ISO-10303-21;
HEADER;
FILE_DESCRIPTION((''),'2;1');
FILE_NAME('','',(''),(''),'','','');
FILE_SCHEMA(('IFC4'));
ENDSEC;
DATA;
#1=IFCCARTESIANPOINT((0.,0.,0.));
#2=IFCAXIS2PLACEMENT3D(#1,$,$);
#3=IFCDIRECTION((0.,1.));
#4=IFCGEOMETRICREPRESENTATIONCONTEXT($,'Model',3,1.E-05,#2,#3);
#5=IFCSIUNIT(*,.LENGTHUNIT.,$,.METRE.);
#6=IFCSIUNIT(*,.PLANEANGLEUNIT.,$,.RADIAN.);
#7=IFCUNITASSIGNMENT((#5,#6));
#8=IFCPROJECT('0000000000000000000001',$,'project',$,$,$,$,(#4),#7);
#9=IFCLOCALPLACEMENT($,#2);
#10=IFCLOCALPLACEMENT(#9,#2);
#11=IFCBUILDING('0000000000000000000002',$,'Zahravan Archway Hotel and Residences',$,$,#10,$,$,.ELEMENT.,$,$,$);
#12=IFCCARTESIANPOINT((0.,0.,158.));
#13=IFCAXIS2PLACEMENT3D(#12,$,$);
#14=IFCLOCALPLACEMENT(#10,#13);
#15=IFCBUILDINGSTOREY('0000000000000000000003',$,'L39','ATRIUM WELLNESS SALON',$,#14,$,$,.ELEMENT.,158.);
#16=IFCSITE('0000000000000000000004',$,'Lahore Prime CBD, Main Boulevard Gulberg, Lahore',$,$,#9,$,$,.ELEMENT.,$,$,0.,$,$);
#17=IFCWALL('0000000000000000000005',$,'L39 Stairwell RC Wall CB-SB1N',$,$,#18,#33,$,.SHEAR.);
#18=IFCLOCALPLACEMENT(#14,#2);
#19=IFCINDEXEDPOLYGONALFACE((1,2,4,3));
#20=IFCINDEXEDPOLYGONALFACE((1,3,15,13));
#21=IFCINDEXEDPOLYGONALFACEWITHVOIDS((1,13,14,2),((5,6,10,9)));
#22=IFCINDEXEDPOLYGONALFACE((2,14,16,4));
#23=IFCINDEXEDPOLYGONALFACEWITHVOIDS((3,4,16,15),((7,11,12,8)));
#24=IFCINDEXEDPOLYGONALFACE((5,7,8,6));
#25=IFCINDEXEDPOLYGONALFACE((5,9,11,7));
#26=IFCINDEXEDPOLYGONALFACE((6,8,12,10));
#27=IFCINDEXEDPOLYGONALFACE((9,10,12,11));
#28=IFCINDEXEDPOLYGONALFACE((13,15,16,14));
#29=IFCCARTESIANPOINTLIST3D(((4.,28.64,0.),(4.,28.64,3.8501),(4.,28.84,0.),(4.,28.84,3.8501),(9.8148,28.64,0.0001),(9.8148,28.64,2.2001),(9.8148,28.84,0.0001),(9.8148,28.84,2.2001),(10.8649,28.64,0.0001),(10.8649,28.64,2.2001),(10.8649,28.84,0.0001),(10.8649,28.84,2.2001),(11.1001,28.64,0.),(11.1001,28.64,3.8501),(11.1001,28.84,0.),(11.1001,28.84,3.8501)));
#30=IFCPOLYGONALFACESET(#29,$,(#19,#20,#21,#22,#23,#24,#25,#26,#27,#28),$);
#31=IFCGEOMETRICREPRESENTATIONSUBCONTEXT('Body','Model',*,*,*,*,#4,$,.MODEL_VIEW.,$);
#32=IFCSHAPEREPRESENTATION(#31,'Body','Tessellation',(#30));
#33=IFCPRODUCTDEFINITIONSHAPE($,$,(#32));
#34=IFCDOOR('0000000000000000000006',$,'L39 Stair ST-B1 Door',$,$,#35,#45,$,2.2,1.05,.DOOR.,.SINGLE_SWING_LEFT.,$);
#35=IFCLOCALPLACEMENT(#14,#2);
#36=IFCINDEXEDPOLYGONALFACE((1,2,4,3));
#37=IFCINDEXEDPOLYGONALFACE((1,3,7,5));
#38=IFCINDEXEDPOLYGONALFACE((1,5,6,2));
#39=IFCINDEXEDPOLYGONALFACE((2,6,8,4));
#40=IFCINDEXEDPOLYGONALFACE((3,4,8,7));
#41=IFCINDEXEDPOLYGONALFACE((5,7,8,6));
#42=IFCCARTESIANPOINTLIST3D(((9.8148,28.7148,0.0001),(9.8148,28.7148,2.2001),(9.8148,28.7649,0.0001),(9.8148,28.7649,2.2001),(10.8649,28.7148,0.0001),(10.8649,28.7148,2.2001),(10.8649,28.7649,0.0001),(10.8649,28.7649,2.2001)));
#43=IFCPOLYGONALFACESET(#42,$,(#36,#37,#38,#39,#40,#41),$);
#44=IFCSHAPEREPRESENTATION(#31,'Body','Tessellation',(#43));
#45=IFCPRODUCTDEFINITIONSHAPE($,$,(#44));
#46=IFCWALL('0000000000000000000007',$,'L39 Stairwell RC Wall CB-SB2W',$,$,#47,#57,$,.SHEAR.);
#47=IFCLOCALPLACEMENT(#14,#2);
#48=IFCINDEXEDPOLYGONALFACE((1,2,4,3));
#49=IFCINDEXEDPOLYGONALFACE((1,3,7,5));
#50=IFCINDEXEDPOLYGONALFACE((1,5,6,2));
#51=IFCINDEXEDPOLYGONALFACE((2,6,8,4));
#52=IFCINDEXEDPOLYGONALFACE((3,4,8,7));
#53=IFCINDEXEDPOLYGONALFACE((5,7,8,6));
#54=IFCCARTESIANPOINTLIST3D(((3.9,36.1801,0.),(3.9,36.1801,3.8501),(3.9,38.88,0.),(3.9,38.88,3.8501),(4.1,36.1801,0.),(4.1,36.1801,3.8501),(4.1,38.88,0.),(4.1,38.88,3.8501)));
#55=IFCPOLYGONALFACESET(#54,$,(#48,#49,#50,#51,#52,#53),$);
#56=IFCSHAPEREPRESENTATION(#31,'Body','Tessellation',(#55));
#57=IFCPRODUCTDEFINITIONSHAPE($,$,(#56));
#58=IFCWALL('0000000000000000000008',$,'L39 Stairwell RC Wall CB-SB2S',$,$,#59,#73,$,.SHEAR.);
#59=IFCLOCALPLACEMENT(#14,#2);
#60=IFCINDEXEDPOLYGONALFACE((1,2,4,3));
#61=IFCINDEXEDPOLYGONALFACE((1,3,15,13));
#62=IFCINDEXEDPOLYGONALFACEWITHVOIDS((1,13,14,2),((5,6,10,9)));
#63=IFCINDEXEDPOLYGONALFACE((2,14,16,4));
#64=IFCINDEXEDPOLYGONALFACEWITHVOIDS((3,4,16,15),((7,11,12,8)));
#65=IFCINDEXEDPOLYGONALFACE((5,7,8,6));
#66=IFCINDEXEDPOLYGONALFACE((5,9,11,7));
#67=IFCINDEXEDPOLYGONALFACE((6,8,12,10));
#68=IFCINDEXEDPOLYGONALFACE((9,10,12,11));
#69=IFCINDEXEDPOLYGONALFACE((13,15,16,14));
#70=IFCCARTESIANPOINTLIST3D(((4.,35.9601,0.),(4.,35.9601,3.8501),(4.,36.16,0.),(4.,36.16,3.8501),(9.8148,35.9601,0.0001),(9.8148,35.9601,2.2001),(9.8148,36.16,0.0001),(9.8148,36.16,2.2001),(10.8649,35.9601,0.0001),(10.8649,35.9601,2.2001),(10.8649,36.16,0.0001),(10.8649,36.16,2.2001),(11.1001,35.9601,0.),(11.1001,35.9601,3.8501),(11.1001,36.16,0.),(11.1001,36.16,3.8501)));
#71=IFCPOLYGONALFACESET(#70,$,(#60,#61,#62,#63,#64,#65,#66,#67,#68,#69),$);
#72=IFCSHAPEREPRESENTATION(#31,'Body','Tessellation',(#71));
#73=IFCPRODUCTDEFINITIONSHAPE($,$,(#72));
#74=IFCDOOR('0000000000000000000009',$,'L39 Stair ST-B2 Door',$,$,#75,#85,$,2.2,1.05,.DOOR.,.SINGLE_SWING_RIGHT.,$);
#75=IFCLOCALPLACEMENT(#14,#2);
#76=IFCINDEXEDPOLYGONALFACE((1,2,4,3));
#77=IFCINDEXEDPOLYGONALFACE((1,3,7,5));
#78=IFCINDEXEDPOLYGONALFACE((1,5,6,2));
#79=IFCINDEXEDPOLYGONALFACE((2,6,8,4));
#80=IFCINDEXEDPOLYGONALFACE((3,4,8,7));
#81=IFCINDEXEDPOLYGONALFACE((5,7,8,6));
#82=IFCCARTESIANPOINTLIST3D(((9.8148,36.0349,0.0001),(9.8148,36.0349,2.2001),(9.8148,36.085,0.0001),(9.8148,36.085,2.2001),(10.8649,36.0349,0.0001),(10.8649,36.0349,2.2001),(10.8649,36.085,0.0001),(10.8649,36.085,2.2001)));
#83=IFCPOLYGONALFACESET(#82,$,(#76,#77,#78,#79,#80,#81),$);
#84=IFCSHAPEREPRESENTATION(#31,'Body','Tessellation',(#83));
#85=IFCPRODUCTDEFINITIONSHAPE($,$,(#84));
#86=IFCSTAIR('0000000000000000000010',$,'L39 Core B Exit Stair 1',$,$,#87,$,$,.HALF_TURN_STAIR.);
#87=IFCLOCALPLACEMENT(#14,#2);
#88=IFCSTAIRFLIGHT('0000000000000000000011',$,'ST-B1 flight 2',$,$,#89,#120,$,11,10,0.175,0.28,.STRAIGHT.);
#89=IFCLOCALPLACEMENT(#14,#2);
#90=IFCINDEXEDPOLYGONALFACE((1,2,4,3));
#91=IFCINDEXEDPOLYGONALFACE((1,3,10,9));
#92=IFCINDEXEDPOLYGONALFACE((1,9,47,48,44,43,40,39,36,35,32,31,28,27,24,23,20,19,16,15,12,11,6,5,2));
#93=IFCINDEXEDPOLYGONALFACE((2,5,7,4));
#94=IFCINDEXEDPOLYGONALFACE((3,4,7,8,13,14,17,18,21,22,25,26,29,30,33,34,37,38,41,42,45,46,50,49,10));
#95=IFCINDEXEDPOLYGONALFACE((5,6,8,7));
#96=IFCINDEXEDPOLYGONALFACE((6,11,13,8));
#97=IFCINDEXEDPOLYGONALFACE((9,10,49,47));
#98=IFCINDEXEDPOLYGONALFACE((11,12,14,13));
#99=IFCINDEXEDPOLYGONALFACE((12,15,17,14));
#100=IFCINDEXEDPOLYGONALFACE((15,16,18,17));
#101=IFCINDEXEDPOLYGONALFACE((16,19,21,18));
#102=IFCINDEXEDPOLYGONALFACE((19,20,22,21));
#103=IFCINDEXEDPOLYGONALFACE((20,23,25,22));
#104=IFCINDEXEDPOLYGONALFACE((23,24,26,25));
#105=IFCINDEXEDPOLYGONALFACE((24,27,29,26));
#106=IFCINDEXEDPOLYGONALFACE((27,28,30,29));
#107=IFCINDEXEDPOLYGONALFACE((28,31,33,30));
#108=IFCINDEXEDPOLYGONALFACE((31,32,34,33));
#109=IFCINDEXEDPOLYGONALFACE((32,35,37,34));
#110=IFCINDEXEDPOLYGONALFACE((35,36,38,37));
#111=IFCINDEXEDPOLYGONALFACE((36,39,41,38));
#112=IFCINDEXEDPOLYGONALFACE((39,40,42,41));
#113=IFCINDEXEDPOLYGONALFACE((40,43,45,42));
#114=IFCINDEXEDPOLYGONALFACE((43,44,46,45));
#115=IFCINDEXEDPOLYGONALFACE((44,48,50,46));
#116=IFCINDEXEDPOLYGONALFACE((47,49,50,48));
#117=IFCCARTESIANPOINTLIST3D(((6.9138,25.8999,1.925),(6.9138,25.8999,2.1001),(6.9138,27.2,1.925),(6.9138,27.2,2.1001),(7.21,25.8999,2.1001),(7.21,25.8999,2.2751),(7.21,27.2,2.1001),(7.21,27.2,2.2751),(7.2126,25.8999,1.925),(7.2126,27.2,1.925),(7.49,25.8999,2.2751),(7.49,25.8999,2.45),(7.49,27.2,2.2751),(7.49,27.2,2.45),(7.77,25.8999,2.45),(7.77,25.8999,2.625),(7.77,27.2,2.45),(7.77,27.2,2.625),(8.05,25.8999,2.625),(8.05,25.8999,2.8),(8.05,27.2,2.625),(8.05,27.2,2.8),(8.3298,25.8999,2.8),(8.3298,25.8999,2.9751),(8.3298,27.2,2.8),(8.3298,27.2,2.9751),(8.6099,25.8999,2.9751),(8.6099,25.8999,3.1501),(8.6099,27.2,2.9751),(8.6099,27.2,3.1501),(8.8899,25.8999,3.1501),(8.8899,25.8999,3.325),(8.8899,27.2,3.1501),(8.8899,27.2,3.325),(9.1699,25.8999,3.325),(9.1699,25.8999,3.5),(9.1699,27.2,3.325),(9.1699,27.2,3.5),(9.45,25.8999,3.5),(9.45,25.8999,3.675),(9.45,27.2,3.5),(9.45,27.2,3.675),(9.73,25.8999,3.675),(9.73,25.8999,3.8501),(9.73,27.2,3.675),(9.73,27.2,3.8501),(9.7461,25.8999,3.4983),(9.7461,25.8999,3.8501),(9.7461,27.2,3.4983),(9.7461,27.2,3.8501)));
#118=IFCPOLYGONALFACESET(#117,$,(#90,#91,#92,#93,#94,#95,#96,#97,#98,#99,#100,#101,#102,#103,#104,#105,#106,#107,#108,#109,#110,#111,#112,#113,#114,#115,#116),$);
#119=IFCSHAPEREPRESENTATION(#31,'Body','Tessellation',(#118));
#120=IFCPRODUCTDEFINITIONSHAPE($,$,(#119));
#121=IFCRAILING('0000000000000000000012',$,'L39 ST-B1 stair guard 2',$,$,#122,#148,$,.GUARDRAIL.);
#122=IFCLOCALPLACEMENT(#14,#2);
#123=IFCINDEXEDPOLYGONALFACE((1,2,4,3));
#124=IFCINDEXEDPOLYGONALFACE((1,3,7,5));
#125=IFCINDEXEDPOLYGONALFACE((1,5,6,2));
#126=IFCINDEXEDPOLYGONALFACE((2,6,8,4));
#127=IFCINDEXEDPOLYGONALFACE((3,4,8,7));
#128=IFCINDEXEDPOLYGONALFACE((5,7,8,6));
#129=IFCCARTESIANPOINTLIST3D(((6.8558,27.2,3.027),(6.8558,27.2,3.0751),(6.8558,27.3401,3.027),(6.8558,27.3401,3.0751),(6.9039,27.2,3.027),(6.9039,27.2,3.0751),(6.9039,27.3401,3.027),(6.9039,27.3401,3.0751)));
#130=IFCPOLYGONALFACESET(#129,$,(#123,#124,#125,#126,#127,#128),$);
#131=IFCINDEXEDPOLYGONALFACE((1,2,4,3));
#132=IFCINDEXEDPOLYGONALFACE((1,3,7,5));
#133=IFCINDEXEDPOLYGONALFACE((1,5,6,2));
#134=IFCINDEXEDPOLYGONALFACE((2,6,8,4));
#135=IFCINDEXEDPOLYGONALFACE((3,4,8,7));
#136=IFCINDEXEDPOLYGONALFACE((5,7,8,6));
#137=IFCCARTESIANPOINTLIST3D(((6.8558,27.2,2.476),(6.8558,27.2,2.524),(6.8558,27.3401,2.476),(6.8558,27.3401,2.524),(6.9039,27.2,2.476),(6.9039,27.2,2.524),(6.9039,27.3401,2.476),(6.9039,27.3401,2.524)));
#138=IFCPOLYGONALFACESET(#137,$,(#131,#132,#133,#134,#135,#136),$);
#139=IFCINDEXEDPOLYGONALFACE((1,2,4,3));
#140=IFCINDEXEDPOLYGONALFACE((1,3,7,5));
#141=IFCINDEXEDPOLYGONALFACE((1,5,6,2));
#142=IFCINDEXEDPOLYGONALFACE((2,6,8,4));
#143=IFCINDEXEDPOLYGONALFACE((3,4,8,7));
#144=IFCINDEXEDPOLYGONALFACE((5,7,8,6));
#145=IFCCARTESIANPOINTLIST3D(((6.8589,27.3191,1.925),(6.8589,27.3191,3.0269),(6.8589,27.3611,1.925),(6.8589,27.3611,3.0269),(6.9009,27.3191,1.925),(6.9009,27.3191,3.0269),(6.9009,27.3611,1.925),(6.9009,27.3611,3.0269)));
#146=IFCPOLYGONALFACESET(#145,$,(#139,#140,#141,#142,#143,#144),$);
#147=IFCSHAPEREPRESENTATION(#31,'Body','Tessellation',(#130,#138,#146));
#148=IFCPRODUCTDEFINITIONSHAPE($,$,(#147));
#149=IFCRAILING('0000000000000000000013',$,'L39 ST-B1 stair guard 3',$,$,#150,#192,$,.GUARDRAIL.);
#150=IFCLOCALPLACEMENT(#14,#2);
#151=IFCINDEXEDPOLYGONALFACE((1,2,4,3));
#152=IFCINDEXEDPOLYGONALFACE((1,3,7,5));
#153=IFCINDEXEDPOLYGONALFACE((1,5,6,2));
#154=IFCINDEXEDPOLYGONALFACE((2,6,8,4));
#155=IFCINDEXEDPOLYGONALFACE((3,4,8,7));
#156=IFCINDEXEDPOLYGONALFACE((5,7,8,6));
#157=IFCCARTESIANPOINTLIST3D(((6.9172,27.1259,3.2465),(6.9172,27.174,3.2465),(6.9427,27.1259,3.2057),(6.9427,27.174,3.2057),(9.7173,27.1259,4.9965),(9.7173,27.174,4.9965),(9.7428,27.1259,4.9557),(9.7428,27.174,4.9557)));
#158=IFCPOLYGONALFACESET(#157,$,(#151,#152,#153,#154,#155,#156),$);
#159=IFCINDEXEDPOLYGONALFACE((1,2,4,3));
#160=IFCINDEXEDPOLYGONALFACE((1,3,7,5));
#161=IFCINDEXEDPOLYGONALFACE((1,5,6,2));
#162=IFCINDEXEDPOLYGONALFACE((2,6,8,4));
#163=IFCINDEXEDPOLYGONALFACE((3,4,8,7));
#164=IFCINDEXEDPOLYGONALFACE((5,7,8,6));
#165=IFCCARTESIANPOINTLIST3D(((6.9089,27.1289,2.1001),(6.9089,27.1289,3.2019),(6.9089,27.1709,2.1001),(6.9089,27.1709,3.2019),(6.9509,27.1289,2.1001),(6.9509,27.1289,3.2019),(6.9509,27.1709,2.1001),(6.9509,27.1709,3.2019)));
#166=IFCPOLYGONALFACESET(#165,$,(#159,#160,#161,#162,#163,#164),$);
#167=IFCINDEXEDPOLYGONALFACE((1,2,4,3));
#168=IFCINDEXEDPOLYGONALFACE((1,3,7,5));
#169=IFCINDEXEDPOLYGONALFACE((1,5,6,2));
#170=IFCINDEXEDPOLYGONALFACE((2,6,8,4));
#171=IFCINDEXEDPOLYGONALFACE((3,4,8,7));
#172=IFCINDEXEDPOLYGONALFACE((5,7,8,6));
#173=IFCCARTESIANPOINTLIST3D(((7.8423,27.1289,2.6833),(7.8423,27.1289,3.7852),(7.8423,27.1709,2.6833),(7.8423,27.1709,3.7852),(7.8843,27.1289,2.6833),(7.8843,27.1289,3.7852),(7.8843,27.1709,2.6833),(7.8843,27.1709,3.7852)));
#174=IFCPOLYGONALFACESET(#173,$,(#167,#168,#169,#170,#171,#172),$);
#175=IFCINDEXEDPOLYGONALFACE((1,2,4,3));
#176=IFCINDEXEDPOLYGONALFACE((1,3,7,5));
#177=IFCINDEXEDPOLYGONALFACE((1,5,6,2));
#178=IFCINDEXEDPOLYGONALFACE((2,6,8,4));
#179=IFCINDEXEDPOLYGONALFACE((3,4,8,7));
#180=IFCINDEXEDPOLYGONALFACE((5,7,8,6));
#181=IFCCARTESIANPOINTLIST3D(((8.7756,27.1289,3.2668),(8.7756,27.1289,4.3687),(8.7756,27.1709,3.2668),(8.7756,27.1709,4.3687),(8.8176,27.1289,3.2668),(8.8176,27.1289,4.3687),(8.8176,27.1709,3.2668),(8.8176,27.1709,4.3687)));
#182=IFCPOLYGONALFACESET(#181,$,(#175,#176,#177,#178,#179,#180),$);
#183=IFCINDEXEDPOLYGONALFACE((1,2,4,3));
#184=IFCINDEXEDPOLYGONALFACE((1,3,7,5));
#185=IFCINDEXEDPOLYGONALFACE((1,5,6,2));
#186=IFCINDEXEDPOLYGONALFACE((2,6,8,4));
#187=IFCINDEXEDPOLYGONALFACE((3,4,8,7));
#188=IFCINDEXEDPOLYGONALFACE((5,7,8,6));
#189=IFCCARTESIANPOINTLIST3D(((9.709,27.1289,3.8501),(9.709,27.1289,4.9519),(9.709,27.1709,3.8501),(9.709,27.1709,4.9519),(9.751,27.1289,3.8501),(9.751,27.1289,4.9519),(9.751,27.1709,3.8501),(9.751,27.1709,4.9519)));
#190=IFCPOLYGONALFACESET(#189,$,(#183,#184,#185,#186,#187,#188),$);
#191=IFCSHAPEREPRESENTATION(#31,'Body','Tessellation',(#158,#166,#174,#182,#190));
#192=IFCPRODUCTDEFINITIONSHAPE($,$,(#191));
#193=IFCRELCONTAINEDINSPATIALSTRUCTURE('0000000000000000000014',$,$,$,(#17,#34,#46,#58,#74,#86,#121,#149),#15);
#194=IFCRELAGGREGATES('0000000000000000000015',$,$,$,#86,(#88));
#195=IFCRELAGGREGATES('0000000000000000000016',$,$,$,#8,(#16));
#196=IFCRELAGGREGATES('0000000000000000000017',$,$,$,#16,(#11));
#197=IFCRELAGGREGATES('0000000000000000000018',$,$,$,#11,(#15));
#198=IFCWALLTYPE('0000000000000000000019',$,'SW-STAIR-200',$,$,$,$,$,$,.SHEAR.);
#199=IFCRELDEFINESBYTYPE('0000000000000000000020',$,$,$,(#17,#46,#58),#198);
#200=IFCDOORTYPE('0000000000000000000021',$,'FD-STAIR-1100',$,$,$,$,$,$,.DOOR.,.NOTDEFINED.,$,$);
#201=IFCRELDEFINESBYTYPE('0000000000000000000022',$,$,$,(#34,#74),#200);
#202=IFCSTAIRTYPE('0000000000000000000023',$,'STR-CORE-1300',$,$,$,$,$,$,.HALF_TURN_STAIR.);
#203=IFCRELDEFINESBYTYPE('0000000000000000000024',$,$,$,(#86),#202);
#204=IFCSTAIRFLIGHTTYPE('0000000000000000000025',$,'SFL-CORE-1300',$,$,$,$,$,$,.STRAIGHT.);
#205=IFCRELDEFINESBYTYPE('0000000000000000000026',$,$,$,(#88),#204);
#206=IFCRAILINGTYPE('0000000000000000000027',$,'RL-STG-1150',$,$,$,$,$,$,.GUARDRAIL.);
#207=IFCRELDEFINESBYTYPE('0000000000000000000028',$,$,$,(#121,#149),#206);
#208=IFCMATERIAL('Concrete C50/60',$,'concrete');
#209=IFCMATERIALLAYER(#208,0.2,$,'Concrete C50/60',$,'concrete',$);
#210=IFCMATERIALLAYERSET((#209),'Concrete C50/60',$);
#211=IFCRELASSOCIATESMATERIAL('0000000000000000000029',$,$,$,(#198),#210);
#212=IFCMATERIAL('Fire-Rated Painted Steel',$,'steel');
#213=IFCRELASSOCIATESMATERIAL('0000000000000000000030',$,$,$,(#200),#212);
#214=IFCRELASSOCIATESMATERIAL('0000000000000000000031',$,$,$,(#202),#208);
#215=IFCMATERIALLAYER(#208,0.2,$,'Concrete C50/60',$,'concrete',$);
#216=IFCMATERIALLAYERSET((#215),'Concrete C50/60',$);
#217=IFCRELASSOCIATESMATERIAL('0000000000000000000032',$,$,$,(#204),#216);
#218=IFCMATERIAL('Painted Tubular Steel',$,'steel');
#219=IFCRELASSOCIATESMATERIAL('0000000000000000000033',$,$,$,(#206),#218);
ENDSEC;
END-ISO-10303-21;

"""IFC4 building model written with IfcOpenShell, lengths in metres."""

from ifc_helpers import new_model, si_unit, direction, frame, frame_2d, origin, origin_2d, place, context, subcontext, project, spatial, polyline, rectangle, outline, extrude, source, transform, mapped, material, layer, layer_set, type_object, type_shapes, element, fill, aggregate, save


model = new_model("IFC4")

# Units and contexts
model_context = context("Model", 3, precision=1e-05, world=origin(), true_north=direction((0.0, 1.0)))
body_context = subcontext(model_context, "Body", "Model", "MODEL_VIEW")
ifc_project = project(units=[si_unit("LENGTHUNIT", "METRE"), si_unit("PLANEANGLEUNIT", "RADIAN")], contexts=[model_context])

# Site, building, storey
site_placement = place(None, origin())
site = spatial("IfcSite", under=ifc_project, at=site_placement, Name="Lahore Prime CBD, Main Boulevard Gulberg, Lahore", CompositionType="ELEMENT", RefElevation=0.0)
building_placement = place(site_placement, origin())
building = spatial("IfcBuilding", under=site, at=building_placement, Name="Zahravan Archway Hotel and Residences", CompositionType="ELEMENT")
storey_placement = place(building_placement, frame((0.0, 0.0, 158.0)))
storey = spatial("IfcBuildingStorey", under=building, at=storey_placement, Name="L39", Description="ATRIUM WELLNESS SALON", CompositionType="ELEMENT", Elevation=158.0)

# Shared definitions
ifc_material_1 = material(Name="Fire-Rated Painted Steel", Category="steel")

# Shared definitions
ifc_material_2 = material(Name="Concrete C50/60", Category="concrete")
ifc_layer_1 = layer(ifc_material_2, 0.2, Name="Concrete C50/60", Category="concrete")
ifc_layer_set_1 = layer_set([ifc_layer_1], Name="Concrete C50/60")
wall_type_1 = type_object("IfcWallType", Name="SW-STAIR-200", PredefinedType="SHEAR", material=ifc_layer_set_1)

# Wall, opening, door
wall_1_placement = place(storey_placement, frame((4.0, 28.74, 0.0), z_axis=(0.0, 0.0, 1.0), x_axis=(1.0, 0.0, 0.0)))
wall_1 = element("IfcWall", 1, at=wall_1_placement, inside=storey, type_object=wall_type_1, Name="L39 Stairwell RC Wall CB-SB1N", PredefinedType="SHEAR", context=body_context, shape_type="SweptSolid", body=[
    extrude(rectangle(XDim=7.1001, YDim=0.2, at=frame_2d((3.55, 0.0))), origin(), (0.0, 0.0, 1.0), 3.8501),
])
opening_1_placement = place(wall_1_placement, frame((5.8149, 0.0, 0.0)))
opening_1 = element("IfcOpeningElement", 2, at=opening_1_placement, cuts=wall_1, PredefinedType="OPENING", context=body_context, shape_type="SweptSolid", body=[
    extrude(rectangle(XDim=1.05, YDim=2.2, at=frame_2d((0.5249, 1.1001))), frame((0.0, 0.1099, 0.0), z_axis=(0.0, -1.0, 0.0), x_axis=(1.0, 0.0, 0.0)), (0.0, 0.0, 1.0), 0.22),
])
door_type_1 = type_object("IfcDoorType", Name="FD-STAIR-1100", OperationType="NOTDEFINED", PredefinedType="DOOR", material=ifc_material_1)
shared_shape_1 = source(origin(), body_context, "Body", "SweptSolid", [
    extrude(rectangle(XDim=1.05, YDim=2.2, at=frame_2d((0.5249, 1.1001))), frame((0.0, 0.0249, 0.0), z_axis=(0.0, -1.0, 0.0), x_axis=(1.0, 0.0, 0.0)), (0.0, 0.0, 1.0), 0.05),
])
type_shapes(door_type_1, [shared_shape_1])
door_1_placement = place(opening_1_placement, origin())
door_1 = element("IfcDoor", 3, at=door_1_placement, inside=storey, type_object=door_type_1, Name="L39 Stair ST-B1 Door", OperationType="SINGLE_SWING_LEFT", OverallHeight=2.2, OverallWidth=1.05, PredefinedType="DOOR", context=body_context, shape_type="MappedRepresentation", body=[
    mapped(shared_shape_1, transform((0.0, 0.0, 0.0), scale=1.0)),
])
fill(opening_1, door_1)

# Wall
wall_2_placement = place(storey_placement, frame((4.0, 36.1799, 0.0), z_axis=(0.0, 0.0, 1.0), x_axis=(0.0, 1.0, 0.0)))
element("IfcWall", 4, at=wall_2_placement, inside=storey, type_object=wall_type_1, Name="L39 Stairwell RC Wall CB-SB2W", PredefinedType="SHEAR", context=body_context, shape_type="SweptSolid", body=[
    extrude(rectangle(XDim=2.7, YDim=0.2, at=frame_2d((1.3501, 0.0))), origin(), (0.0, 0.0, 1.0), 3.8501),
])

# Wall, opening, door
wall_3_placement = place(storey_placement, frame((4.0, 36.0601, 0.0), z_axis=(0.0, 0.0, 1.0), x_axis=(1.0, 0.0, 0.0)))
wall_3 = element("IfcWall", 5, at=wall_3_placement, inside=storey, type_object=wall_type_1, Name="L39 Stairwell RC Wall CB-SB2S", PredefinedType="SHEAR", context=body_context, shape_type="SweptSolid", body=[
    extrude(rectangle(XDim=7.1001, YDim=0.2, at=frame_2d((3.55, 0.0))), origin(), (0.0, 0.0, 1.0), 3.8501),
])
opening_2_placement = place(wall_3_placement, frame((5.8149, 0.0, 0.0)))
opening_2 = element("IfcOpeningElement", 6, at=opening_2_placement, cuts=wall_3, PredefinedType="OPENING", context=body_context, shape_type="SweptSolid", body=[
    extrude(rectangle(XDim=1.05, YDim=2.2, at=frame_2d((0.5249, 1.1001))), frame((0.0, 0.1099, 0.0), z_axis=(0.0, -1.0, 0.0), x_axis=(1.0, 0.0, 0.0)), (0.0, 0.0, 1.0), 0.22),
])
door_2_placement = place(opening_2_placement, origin())
door_2 = element("IfcDoor", 7, at=door_2_placement, inside=storey, type_object=door_type_1, Name="L39 Stair ST-B2 Door", OperationType="SINGLE_SWING_RIGHT", OverallHeight=2.2, OverallWidth=1.05, PredefinedType="DOOR", context=body_context, shape_type="MappedRepresentation", body=[
    mapped(shared_shape_1, transform((0.0, 0.0, 0.0), scale=1.0)),
])
fill(opening_2, door_2)

# Stair, stair flight
stair_type = type_object("IfcStairType", Name="STR-CORE-1300", PredefinedType="HALF_TURN_STAIR", material=ifc_material_2)
stair_placement = place(storey_placement, origin())
stair = element("IfcStair", 8, at=stair_placement, inside=storey, type_object=stair_type, Name="L39 Core B Exit Stair 1", PredefinedType="HALF_TURN_STAIR")
ifc_layer_2 = layer(ifc_material_2, 0.2, Name="Concrete C50/60", Category="concrete")
ifc_layer_set_2 = layer_set([ifc_layer_2], Name="Concrete C50/60")
stair_flight_type = type_object("IfcStairFlightType", Name="SFL-CORE-1300", PredefinedType="STRAIGHT", material=ifc_layer_set_2)
shared_shape_2 = source(origin(), body_context, "Body", "SweptSolid", [
    extrude(outline(polyline([(-0.0161, 0.0), (-0.0161, 0.175), (0.28, 0.175), (0.28, 0.3501), (0.5601, 0.3501), (0.5601, 0.5249), (0.8401, 0.5249), (0.8401, 0.7), (1.1201, 0.7), (1.1201, 0.875), (1.3999, 0.875), (1.3999, 1.05), (1.6799, 1.05), (1.6799, 1.2251), (1.96, 1.2251), (1.96, 1.3999), (2.24, 1.3999), (2.24, 1.575), (2.52, 1.575), (2.52, 1.75), (2.8, 1.75), (2.8, 1.925), (2.8162, 1.925), (2.8162, 1.5732), (0.2827, 0.0), (-0.0161, 0.0)])), frame((0.0, 0.6499, 0.0), z_axis=(0.0, -1.0, 0.0), x_axis=(1.0, 0.0, 0.0)), (0.0, 0.0, 1.0), 1.3),
])
stair_flight_placement = place(storey_placement, frame((6.9299, 26.55, 1.925), z_axis=(0.0, 0.0, 1.0), x_axis=(1.0, 0.0, 0.0)))
stair_flight = element("IfcStairFlight", 9, at=stair_flight_placement, type_object=stair_flight_type, Name="ST-B1 flight 2", NumberOfRisers=11, NumberOfTreads=10, PredefinedType="STRAIGHT", RiserHeight=0.175, TreadLength=0.28, context=body_context, shape_type="MappedRepresentation", body=[
    mapped(shared_shape_2, transform((0.0, 0.0, 0.0), scale=1.0)),
])
aggregate(stair, [stair_flight])

# Railings
ifc_material_3 = material(Name="Painted Tubular Steel", Category="steel")
railing_type_1 = type_object("IfcRailingType", Name="RL-STG-1150", PredefinedType="GUARDRAIL", material=ifc_material_3)
railing_1_placement = place(storey_placement, frame((6.8799, 27.3401, 1.925)))
element("IfcRailing", 10, at=railing_1_placement, inside=storey, type_object=railing_type_1, Name="L39 ST-B1 stair guard 2", PredefinedType="GUARDRAIL", context=body_context, shape_type="SweptSolid", body=[
    extrude(rectangle(XDim=0.0481, YDim=0.0481, at=origin_2d()), frame((0.0, 0.0, 1.126), z_axis=(0.0, -1.0, 0.0), x_axis=(1.0, 0.0, 0.0)), (0.0, 0.0, 1.0), 0.1401),
    extrude(rectangle(XDim=0.0481, YDim=0.0481, at=origin_2d()), frame((0.0, 0.0, 0.575), z_axis=(0.0, -1.0, 0.0), x_axis=(1.0, 0.0, 0.0)), (0.0, 0.0, 1.0), 0.1401),
    extrude(rectangle(XDim=0.042, YDim=0.042, at=origin_2d()), origin(), (0.0, 0.0, 1.0), 1.1018),
])
railing_2_placement = place(storey_placement, frame((6.9299, 27.1499, 2.1001)))
element("IfcRailing", 11, at=railing_2_placement, inside=storey, type_object=railing_type_1, Name="L39 ST-B1 stair guard 3", PredefinedType="GUARDRAIL", context=body_context, shape_type="SweptSolid", body=[
    extrude(rectangle(XDim=0.0481, YDim=0.0481, at=origin_2d()), frame((0.0, 0.0, 1.126), z_axis=(0.848002, 0.0, 0.529992), x_axis=(0.0, 1.0, 0.0)), (0.0, 0.0, 1.0), 3.302),
    extrude(rectangle(XDim=0.042, YDim=0.042, at=origin_2d()), origin(), (0.0, 0.0, 1.0), 1.1018),
    extrude(rectangle(XDim=0.042, YDim=0.042, at=origin_2d()), frame((0.9333, 0.0, 0.5833)), (0.0, 0.0, 1.0), 1.1018),
    extrude(rectangle(XDim=0.042, YDim=0.042, at=origin_2d()), frame((1.8667, 0.0, 1.1667)), (0.0, 0.0, 1.0), 1.1018),
    extrude(rectangle(XDim=0.042, YDim=0.042, at=origin_2d()), frame((2.8, 0.0, 1.75)), (0.0, 0.0, 1.0), 1.1018),
])

save(model, "model.ifc")
